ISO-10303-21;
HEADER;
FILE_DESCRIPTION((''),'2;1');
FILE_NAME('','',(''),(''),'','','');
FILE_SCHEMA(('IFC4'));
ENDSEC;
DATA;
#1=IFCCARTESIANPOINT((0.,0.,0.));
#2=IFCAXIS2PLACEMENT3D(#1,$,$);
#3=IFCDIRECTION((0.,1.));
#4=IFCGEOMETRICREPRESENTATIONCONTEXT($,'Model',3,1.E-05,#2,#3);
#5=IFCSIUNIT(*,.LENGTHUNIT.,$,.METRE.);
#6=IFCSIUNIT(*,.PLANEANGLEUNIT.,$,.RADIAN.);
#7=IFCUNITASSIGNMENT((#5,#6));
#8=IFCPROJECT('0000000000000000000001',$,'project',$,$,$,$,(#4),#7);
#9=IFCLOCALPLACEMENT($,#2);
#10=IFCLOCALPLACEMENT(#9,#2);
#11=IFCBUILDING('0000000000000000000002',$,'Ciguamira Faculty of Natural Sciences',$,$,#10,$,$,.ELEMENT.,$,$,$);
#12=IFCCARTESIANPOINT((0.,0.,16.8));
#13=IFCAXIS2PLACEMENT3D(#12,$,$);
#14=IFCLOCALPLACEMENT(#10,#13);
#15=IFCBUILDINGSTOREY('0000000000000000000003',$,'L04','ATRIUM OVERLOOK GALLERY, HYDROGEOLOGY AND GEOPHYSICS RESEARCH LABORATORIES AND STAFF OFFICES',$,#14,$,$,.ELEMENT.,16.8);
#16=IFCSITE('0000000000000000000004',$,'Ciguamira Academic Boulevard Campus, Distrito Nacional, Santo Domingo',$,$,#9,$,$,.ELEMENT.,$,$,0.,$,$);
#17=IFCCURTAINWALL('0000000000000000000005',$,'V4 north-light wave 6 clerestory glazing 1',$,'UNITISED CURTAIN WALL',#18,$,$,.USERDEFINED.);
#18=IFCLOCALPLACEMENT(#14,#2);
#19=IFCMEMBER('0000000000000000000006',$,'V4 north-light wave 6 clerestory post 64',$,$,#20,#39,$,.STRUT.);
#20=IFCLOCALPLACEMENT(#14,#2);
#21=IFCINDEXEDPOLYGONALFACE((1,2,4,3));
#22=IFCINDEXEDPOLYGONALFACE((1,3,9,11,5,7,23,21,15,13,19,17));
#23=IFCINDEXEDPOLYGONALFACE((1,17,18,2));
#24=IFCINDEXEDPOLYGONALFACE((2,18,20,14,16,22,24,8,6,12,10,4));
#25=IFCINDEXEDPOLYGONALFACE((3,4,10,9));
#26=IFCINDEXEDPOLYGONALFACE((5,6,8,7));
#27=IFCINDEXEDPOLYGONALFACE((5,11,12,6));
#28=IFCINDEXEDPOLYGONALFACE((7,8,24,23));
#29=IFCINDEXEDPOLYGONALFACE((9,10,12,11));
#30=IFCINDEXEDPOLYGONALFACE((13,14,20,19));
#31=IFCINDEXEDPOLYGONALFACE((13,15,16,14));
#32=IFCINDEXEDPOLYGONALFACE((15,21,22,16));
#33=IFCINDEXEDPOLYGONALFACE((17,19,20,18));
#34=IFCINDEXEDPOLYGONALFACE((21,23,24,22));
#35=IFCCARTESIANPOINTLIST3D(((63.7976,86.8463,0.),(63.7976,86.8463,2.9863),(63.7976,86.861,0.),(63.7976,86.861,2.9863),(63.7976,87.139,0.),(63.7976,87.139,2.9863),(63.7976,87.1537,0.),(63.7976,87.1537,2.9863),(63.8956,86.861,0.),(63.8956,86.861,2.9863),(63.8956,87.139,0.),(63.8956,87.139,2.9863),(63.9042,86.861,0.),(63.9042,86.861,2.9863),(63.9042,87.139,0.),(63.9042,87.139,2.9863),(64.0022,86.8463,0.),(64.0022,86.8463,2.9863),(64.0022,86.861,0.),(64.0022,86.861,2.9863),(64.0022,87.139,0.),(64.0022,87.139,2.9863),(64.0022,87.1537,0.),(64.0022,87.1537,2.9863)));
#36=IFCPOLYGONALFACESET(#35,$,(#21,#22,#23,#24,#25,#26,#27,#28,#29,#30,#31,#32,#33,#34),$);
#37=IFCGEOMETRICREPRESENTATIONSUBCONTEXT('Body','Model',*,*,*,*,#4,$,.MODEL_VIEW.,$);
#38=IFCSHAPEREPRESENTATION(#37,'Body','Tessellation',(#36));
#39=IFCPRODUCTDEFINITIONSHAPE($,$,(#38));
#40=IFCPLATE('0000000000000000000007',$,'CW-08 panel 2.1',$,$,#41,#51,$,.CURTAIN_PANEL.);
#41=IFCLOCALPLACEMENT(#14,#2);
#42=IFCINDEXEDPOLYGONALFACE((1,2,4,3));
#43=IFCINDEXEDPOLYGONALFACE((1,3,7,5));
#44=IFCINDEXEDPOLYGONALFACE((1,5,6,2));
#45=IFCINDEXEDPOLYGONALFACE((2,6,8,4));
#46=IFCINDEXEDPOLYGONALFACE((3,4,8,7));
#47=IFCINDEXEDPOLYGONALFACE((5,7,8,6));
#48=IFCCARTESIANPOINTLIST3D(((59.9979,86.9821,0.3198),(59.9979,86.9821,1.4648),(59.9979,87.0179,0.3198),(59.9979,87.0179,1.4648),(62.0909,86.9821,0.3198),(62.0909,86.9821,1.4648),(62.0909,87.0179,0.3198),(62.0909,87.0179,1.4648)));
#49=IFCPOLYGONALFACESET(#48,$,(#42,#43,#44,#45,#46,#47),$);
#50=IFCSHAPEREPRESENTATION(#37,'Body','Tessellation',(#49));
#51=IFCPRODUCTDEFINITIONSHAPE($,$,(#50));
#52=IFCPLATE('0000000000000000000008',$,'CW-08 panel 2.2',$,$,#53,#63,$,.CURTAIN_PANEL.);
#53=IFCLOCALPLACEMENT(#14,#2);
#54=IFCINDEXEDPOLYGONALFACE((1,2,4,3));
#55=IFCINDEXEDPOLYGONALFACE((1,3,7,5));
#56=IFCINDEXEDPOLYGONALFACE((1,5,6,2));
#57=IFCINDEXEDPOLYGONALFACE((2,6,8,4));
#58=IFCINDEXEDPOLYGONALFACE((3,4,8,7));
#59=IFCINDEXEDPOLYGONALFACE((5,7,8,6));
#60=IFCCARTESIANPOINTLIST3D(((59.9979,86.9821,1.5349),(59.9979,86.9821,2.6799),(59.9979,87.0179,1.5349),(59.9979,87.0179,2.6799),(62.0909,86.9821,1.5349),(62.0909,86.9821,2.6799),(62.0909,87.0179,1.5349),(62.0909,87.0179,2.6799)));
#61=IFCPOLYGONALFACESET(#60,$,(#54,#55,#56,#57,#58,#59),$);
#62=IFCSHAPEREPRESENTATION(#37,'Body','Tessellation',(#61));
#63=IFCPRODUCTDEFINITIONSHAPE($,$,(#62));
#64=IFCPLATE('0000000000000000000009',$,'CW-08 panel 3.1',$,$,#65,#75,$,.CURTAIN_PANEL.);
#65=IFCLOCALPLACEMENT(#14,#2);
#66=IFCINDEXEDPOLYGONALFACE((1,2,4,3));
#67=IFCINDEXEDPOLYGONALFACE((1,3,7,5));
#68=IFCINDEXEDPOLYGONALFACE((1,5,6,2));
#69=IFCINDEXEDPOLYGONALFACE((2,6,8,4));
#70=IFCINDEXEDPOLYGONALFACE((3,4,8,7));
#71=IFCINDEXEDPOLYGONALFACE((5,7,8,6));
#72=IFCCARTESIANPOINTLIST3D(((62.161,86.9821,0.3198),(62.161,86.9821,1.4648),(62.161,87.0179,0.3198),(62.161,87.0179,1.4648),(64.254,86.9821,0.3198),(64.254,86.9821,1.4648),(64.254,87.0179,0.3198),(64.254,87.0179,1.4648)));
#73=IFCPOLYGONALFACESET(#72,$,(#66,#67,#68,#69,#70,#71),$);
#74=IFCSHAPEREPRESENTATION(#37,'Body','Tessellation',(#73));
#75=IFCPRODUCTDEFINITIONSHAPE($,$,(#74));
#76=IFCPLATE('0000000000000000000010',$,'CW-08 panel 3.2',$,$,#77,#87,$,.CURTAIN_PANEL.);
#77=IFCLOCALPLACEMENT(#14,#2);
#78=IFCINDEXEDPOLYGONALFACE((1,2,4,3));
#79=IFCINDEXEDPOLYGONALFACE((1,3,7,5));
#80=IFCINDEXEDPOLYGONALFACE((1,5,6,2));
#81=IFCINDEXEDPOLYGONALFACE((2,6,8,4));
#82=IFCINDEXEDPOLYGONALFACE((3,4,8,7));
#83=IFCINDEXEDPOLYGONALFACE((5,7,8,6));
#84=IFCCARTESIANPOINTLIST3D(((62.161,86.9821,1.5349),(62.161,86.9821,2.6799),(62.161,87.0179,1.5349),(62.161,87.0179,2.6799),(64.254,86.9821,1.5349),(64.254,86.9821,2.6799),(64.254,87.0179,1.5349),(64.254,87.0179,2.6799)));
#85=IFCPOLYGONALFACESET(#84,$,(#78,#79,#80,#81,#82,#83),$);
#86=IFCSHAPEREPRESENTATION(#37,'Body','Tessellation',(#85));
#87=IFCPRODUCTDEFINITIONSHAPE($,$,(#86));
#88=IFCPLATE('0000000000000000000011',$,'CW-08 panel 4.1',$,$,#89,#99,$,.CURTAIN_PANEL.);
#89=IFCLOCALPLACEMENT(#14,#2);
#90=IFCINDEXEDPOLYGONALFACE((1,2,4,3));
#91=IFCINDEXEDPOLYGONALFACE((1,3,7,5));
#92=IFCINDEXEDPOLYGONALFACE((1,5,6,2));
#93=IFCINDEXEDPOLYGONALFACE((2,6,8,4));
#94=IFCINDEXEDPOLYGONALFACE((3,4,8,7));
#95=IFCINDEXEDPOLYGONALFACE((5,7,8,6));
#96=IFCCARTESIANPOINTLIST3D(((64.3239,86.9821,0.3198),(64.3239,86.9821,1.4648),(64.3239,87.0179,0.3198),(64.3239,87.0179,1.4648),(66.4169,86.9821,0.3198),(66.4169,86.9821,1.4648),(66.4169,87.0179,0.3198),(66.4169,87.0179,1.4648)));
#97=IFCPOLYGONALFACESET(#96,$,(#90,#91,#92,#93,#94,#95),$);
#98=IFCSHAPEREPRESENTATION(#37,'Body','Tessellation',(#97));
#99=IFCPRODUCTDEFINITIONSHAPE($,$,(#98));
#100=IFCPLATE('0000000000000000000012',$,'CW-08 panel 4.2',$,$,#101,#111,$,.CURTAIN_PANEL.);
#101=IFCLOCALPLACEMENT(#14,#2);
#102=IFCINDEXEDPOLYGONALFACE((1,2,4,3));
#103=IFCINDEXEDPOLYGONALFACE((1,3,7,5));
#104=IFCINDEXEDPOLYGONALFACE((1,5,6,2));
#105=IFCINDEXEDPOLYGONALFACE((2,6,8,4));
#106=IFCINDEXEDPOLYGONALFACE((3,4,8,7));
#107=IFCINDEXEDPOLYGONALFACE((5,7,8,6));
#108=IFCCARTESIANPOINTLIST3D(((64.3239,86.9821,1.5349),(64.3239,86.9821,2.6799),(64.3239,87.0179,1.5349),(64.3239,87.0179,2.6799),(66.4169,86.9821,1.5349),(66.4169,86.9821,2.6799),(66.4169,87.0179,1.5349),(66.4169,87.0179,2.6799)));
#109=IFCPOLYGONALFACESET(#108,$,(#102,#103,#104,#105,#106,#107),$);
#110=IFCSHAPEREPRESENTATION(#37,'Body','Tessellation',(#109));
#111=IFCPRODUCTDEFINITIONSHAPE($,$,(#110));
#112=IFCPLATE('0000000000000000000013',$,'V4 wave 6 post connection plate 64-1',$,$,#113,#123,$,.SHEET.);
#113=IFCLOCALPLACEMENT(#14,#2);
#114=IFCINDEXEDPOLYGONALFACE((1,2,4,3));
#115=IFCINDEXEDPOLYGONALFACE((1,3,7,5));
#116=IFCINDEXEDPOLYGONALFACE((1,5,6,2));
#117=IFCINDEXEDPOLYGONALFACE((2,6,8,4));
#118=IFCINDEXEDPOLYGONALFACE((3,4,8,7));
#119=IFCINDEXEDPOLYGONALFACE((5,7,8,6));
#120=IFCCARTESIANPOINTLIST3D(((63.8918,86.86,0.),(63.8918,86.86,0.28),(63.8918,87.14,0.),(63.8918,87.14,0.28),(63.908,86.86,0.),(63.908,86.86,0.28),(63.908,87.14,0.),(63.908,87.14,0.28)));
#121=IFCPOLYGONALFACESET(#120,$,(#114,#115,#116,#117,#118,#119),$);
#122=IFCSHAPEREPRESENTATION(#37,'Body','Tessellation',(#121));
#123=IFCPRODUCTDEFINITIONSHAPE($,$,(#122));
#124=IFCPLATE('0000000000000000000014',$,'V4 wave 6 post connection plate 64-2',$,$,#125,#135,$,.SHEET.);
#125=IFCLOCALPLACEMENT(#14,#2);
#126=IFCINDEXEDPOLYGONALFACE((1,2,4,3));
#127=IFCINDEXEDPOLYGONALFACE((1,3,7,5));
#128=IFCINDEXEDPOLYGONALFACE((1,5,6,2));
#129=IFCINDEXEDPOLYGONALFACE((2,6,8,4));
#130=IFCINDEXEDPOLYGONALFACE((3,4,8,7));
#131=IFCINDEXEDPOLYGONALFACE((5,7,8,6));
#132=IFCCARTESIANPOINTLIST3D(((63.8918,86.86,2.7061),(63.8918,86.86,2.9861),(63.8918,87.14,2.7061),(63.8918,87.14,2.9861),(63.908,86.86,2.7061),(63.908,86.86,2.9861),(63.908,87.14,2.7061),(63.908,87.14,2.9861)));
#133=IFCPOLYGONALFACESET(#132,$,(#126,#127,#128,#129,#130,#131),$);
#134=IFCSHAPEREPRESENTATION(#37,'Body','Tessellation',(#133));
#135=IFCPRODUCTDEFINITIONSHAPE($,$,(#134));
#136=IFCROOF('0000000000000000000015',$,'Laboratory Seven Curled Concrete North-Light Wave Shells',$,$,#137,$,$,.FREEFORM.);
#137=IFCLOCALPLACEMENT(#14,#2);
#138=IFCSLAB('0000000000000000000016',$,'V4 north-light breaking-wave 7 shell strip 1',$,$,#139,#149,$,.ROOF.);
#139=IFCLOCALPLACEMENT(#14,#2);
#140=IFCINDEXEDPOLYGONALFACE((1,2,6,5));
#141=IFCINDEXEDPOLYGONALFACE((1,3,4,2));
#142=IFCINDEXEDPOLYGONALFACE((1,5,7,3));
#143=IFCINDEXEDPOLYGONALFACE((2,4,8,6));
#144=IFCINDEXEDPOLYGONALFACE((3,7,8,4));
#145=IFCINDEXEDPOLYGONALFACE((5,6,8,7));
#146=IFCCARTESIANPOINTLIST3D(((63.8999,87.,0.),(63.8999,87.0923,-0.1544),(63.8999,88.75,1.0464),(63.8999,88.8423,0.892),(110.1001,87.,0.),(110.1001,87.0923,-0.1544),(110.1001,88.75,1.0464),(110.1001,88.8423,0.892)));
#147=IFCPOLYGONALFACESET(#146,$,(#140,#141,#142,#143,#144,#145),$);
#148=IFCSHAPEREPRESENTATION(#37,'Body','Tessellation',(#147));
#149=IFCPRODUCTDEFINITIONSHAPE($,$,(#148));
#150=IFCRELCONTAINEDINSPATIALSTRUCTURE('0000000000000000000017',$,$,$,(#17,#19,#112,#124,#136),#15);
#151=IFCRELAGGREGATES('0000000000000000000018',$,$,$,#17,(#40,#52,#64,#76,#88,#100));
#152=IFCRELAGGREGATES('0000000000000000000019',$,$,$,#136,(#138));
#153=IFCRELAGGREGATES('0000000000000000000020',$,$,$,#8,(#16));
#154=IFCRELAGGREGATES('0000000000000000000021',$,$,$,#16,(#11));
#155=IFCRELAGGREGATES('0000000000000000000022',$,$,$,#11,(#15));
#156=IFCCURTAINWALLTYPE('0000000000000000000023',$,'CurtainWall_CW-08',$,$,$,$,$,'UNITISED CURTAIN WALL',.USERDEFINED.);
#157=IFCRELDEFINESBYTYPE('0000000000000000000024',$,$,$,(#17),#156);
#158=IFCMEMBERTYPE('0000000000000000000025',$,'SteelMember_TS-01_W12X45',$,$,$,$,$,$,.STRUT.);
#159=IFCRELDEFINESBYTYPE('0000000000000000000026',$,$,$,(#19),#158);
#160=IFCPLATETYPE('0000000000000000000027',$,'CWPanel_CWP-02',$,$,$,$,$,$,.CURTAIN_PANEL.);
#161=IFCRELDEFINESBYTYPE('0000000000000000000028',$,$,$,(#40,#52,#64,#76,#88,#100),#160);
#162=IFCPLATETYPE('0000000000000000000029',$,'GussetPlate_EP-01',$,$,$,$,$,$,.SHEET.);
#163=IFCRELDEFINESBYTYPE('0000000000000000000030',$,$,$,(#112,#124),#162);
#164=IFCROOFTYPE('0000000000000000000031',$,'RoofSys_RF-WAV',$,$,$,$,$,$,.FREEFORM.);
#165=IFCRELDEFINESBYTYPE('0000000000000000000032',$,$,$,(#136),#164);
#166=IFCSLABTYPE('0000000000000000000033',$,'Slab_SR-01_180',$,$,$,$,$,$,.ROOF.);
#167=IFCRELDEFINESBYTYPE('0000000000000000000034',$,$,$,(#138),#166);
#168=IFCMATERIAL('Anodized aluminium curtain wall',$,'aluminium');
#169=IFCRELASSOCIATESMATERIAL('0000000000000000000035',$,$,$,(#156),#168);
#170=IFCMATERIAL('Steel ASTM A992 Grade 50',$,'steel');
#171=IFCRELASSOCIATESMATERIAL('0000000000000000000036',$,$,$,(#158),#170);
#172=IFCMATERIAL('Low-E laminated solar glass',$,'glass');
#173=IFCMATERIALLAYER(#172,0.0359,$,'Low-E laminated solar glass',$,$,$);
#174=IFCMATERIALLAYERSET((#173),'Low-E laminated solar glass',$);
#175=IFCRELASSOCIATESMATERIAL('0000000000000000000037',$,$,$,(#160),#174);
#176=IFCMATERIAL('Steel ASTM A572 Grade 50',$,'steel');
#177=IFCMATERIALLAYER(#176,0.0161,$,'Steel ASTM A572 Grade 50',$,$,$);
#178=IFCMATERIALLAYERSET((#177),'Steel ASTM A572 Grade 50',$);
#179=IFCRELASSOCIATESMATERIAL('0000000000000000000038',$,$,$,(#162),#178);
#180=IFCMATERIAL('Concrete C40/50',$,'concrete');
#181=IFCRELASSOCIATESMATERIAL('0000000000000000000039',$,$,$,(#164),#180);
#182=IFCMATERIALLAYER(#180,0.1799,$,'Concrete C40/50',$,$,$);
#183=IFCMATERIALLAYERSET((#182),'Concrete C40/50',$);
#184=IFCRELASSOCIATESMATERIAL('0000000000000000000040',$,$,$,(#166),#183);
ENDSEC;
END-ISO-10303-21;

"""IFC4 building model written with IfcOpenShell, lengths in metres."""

from ifc_helpers import new_model, si_unit, direction, frame, origin, origin_2d, place, context, subcontext, project, spatial, polyline, rectangle, i_section, outline, extrude, material, layer, layer_set, material_profile, profile_set, type_object, element, aggregate, save


model = new_model("IFC4")

# Units and contexts
model_context = context("Model", 3, precision=1e-05, world=origin(), true_north=direction((0.0, 1.0)))
body_context = subcontext(model_context, "Body", "Model", "MODEL_VIEW")
ifc_project = project(units=[si_unit("LENGTHUNIT", "METRE"), si_unit("PLANEANGLEUNIT", "RADIAN")], contexts=[model_context])

# Site, building, storey
site_placement = place(None, origin())
site = spatial("IfcSite", under=ifc_project, at=site_placement, Name="Ciguamira Academic Boulevard Campus, Distrito Nacional, Santo Domingo", CompositionType="ELEMENT", RefElevation=0.0)
building_placement = place(site_placement, origin())
building = spatial("IfcBuilding", under=site, at=building_placement, Name="Ciguamira Faculty of Natural Sciences", CompositionType="ELEMENT")
storey_placement = place(building_placement, frame((0.0, 0.0, 16.8)))
storey = spatial("IfcBuildingStorey", under=building, at=storey_placement, Name="L04", Description="ATRIUM OVERLOOK GALLERY, HYDROGEOLOGY AND GEOPHYSICS RESEARCH LABORATORIES AND STAFF OFFICES", CompositionType="ELEMENT", Elevation=16.8)

# Curtain wall
ifc_material_1 = material(Name="Anodized aluminium curtain wall", Category="aluminium")
curtain_wall_type = type_object("IfcCurtainWallType", Name="CurtainWall_CW-08", ElementType="UNITISED CURTAIN WALL", PredefinedType="USERDEFINED", material=ifc_material_1)
curtain_wall_placement = place(storey_placement, origin())
curtain_wall = element("IfcCurtainWall", 1, at=curtain_wall_placement, inside=storey, type_object=curtain_wall_type, Name="V4 north-light wave 6 clerestory glazing 1", ObjectType="UNITISED CURTAIN WALL", PredefinedType="USERDEFINED")

# Shared definitions
ifc_material_2 = material(Name="Concrete C40/50", Category="concrete")

# Member
ifc_material_3 = material(Name="Steel ASTM A992 Grade 50", Category="steel")
ifc_material_profile_1 = material_profile(ifc_material_3, i_section(OverallWidth=0.2046, OverallDepth=0.3074, WebThickness=0.0085, FlangeThickness=0.0146, at=origin_2d()), Name="W12X45")
ifc_profile_set_1 = profile_set([ifc_material_profile_1], Name="Steel ASTM A992 Grade 50")
member_type_1 = type_object("IfcMemberType", Name="SteelMember_TS-01_W12X45", PredefinedType="STRUT", material=ifc_profile_set_1)
member_1_placement = place(storey_placement, frame((63.8999, 87.0, 0.0), z_axis=(0.0, 0.0, 1.0), x_axis=(1.0, 0.0, 0.0)))
element("IfcMember", 2, at=member_1_placement, inside=storey, type_object=member_type_1, Name="V4 north-light wave 6 clerestory post 64", PredefinedType="STRUT", context=body_context, shape_type="SweptSolid", body=[
    extrude(i_section(OverallWidth=0.2046, OverallDepth=0.3074, WebThickness=0.0085, FlangeThickness=0.0146, at=origin_2d()), origin(), (0.0, 0.0, 1.0), 2.9863),
])

# Plates
ifc_material_4 = material(Name="Low-E laminated solar glass", Category="glass")
ifc_layer_1 = layer(ifc_material_4, 0.0359, Name="Low-E laminated solar glass")
ifc_layer_set_1 = layer_set([ifc_layer_1], Name="Low-E laminated solar glass")
plate_type_1 = type_object("IfcPlateType", Name="CWPanel_CWP-02", PredefinedType="CURTAIN_PANEL", material=ifc_layer_set_1)
plate_1_placement = place(storey_placement, frame((61.0444, 87.0, 0.3198), z_axis=(0.0, 0.0, 1.0), x_axis=(1.0, 0.0, 0.0)))
plate_1 = element("IfcPlate", 3, at=plate_1_placement, type_object=plate_type_1, Name="CW-08 panel 2.1", PredefinedType="CURTAIN_PANEL", context=body_context, shape_type="SweptSolid", body=[
    extrude(rectangle(XDim=2.093, YDim=0.0359, at=origin_2d()), origin(), (0.0, 0.0, 1.0), 1.145),
])
plate_2_placement = place(storey_placement, frame((61.0444, 87.0, 1.5349), z_axis=(0.0, 0.0, 1.0), x_axis=(1.0, 0.0, 0.0)))
plate_2 = element("IfcPlate", 4, at=plate_2_placement, type_object=plate_type_1, Name="CW-08 panel 2.2", PredefinedType="CURTAIN_PANEL", context=body_context, shape_type="SweptSolid", body=[
    extrude(rectangle(XDim=2.093, YDim=0.0359, at=origin_2d()), origin(), (0.0, 0.0, 1.0), 1.145),
])
plate_3_placement = place(storey_placement, frame((63.2075, 87.0, 0.3198), z_axis=(0.0, 0.0, 1.0), x_axis=(1.0, 0.0, 0.0)))
plate_3 = element("IfcPlate", 5, at=plate_3_placement, type_object=plate_type_1, Name="CW-08 panel 3.1", PredefinedType="CURTAIN_PANEL", context=body_context, shape_type="SweptSolid", body=[
    extrude(rectangle(XDim=2.093, YDim=0.0359, at=origin_2d()), origin(), (0.0, 0.0, 1.0), 1.145),
])
plate_4_placement = place(storey_placement, frame((63.2075, 87.0, 1.5349), z_axis=(0.0, 0.0, 1.0), x_axis=(1.0, 0.0, 0.0)))
plate_4 = element("IfcPlate", 6, at=plate_4_placement, type_object=plate_type_1, Name="CW-08 panel 3.2", PredefinedType="CURTAIN_PANEL", context=body_context, shape_type="SweptSolid", body=[
    extrude(rectangle(XDim=2.093, YDim=0.0359, at=origin_2d()), origin(), (0.0, 0.0, 1.0), 1.145),
])
plate_5_placement = place(storey_placement, frame((65.3704, 87.0, 0.3198), z_axis=(0.0, 0.0, 1.0), x_axis=(1.0, 0.0, 0.0)))
plate_5 = element("IfcPlate", 7, at=plate_5_placement, type_object=plate_type_1, Name="CW-08 panel 4.1", PredefinedType="CURTAIN_PANEL", context=body_context, shape_type="SweptSolid", body=[
    extrude(rectangle(XDim=2.093, YDim=0.0359, at=origin_2d()), origin(), (0.0, 0.0, 1.0), 1.145),
])
plate_6_placement = place(storey_placement, frame((65.3704, 87.0, 1.5349), z_axis=(0.0, 0.0, 1.0), x_axis=(1.0, 0.0, 0.0)))
plate_6 = element("IfcPlate", 8, at=plate_6_placement, type_object=plate_type_1, Name="CW-08 panel 4.2", PredefinedType="CURTAIN_PANEL", context=body_context, shape_type="SweptSolid", body=[
    extrude(rectangle(XDim=2.093, YDim=0.0359, at=origin_2d()), origin(), (0.0, 0.0, 1.0), 1.145),
])
aggregate(curtain_wall, [plate_1, plate_2, plate_3, plate_4, plate_5, plate_6])

# Plates
ifc_material_5 = material(Name="Steel ASTM A572 Grade 50", Category="steel")
ifc_layer_2 = layer(ifc_material_5, 0.0161, Name="Steel ASTM A572 Grade 50")
ifc_layer_set_2 = layer_set([ifc_layer_2], Name="Steel ASTM A572 Grade 50")
plate_type_2 = type_object("IfcPlateType", Name="GussetPlate_EP-01", PredefinedType="SHEET", material=ifc_layer_set_2)
for number, where, z_axis, x_axis, name in (
    (9, (63.8999, 87.0, 0.0), (0.0, 0.0, 1.0), (1.0, 0.0, 0.0), "V4 wave 6 post connection plate 64-1"),
    (10, (63.8999, 87.0, 2.7061), (0.0, 0.0, 1.0), (1.0, 0.0, 0.0), "V4 wave 6 post connection plate 64-2"),
):
    element("IfcPlate", number, at=place(storey_placement, frame(where, z_axis=z_axis, x_axis=x_axis)), inside=storey, type_object=plate_type_2, Name=name, PredefinedType="SHEET", context=body_context, shape_type="SweptSolid", body=[
        extrude(rectangle(XDim=0.0161, YDim=0.28, at=origin_2d()), origin(), (0.0, 0.0, 1.0), 0.28),
    ])

# Roof, slab
roof_type = type_object("IfcRoofType", Name="RoofSys_RF-WAV", PredefinedType="FREEFORM", material=ifc_material_2)
roof_placement = place(storey_placement, origin())
roof = element("IfcRoof", 11, at=roof_placement, inside=storey, type_object=roof_type, Name="Laboratory Seven Curled Concrete North-Light Wave Shells", PredefinedType="FREEFORM")
ifc_layer_3 = layer(ifc_material_2, 0.1799, Name="Concrete C40/50")
ifc_layer_set_3 = layer_set([ifc_layer_3], Name="Concrete C40/50")
slab_type = type_object("IfcSlabType", Name="Slab_SR-01_180", PredefinedType="ROOF", material=ifc_layer_set_3)
slab_placement = place(storey_placement, frame((63.8999, 87.0, 0.0), z_axis=(0.0, -0.513192, 0.858274), x_axis=(1.0, 0.0, 0.0)))
slab = element("IfcSlab", 12, at=slab_placement, type_object=slab_type, Name="V4 north-light breaking-wave 7 shell strip 1", PredefinedType="ROOF", context=body_context, shape_type="SweptSolid", body=[
    extrude(outline(polyline([(0.0, 0.0), (46.2002, 0.0), (46.2002, 2.039), (0.0, 2.039), (0.0, 0.0)])), origin(), (0.0, 0.0, -1.0), 0.1799),
])
aggregate(roof, [slab])

save(model, "model.ifc")
